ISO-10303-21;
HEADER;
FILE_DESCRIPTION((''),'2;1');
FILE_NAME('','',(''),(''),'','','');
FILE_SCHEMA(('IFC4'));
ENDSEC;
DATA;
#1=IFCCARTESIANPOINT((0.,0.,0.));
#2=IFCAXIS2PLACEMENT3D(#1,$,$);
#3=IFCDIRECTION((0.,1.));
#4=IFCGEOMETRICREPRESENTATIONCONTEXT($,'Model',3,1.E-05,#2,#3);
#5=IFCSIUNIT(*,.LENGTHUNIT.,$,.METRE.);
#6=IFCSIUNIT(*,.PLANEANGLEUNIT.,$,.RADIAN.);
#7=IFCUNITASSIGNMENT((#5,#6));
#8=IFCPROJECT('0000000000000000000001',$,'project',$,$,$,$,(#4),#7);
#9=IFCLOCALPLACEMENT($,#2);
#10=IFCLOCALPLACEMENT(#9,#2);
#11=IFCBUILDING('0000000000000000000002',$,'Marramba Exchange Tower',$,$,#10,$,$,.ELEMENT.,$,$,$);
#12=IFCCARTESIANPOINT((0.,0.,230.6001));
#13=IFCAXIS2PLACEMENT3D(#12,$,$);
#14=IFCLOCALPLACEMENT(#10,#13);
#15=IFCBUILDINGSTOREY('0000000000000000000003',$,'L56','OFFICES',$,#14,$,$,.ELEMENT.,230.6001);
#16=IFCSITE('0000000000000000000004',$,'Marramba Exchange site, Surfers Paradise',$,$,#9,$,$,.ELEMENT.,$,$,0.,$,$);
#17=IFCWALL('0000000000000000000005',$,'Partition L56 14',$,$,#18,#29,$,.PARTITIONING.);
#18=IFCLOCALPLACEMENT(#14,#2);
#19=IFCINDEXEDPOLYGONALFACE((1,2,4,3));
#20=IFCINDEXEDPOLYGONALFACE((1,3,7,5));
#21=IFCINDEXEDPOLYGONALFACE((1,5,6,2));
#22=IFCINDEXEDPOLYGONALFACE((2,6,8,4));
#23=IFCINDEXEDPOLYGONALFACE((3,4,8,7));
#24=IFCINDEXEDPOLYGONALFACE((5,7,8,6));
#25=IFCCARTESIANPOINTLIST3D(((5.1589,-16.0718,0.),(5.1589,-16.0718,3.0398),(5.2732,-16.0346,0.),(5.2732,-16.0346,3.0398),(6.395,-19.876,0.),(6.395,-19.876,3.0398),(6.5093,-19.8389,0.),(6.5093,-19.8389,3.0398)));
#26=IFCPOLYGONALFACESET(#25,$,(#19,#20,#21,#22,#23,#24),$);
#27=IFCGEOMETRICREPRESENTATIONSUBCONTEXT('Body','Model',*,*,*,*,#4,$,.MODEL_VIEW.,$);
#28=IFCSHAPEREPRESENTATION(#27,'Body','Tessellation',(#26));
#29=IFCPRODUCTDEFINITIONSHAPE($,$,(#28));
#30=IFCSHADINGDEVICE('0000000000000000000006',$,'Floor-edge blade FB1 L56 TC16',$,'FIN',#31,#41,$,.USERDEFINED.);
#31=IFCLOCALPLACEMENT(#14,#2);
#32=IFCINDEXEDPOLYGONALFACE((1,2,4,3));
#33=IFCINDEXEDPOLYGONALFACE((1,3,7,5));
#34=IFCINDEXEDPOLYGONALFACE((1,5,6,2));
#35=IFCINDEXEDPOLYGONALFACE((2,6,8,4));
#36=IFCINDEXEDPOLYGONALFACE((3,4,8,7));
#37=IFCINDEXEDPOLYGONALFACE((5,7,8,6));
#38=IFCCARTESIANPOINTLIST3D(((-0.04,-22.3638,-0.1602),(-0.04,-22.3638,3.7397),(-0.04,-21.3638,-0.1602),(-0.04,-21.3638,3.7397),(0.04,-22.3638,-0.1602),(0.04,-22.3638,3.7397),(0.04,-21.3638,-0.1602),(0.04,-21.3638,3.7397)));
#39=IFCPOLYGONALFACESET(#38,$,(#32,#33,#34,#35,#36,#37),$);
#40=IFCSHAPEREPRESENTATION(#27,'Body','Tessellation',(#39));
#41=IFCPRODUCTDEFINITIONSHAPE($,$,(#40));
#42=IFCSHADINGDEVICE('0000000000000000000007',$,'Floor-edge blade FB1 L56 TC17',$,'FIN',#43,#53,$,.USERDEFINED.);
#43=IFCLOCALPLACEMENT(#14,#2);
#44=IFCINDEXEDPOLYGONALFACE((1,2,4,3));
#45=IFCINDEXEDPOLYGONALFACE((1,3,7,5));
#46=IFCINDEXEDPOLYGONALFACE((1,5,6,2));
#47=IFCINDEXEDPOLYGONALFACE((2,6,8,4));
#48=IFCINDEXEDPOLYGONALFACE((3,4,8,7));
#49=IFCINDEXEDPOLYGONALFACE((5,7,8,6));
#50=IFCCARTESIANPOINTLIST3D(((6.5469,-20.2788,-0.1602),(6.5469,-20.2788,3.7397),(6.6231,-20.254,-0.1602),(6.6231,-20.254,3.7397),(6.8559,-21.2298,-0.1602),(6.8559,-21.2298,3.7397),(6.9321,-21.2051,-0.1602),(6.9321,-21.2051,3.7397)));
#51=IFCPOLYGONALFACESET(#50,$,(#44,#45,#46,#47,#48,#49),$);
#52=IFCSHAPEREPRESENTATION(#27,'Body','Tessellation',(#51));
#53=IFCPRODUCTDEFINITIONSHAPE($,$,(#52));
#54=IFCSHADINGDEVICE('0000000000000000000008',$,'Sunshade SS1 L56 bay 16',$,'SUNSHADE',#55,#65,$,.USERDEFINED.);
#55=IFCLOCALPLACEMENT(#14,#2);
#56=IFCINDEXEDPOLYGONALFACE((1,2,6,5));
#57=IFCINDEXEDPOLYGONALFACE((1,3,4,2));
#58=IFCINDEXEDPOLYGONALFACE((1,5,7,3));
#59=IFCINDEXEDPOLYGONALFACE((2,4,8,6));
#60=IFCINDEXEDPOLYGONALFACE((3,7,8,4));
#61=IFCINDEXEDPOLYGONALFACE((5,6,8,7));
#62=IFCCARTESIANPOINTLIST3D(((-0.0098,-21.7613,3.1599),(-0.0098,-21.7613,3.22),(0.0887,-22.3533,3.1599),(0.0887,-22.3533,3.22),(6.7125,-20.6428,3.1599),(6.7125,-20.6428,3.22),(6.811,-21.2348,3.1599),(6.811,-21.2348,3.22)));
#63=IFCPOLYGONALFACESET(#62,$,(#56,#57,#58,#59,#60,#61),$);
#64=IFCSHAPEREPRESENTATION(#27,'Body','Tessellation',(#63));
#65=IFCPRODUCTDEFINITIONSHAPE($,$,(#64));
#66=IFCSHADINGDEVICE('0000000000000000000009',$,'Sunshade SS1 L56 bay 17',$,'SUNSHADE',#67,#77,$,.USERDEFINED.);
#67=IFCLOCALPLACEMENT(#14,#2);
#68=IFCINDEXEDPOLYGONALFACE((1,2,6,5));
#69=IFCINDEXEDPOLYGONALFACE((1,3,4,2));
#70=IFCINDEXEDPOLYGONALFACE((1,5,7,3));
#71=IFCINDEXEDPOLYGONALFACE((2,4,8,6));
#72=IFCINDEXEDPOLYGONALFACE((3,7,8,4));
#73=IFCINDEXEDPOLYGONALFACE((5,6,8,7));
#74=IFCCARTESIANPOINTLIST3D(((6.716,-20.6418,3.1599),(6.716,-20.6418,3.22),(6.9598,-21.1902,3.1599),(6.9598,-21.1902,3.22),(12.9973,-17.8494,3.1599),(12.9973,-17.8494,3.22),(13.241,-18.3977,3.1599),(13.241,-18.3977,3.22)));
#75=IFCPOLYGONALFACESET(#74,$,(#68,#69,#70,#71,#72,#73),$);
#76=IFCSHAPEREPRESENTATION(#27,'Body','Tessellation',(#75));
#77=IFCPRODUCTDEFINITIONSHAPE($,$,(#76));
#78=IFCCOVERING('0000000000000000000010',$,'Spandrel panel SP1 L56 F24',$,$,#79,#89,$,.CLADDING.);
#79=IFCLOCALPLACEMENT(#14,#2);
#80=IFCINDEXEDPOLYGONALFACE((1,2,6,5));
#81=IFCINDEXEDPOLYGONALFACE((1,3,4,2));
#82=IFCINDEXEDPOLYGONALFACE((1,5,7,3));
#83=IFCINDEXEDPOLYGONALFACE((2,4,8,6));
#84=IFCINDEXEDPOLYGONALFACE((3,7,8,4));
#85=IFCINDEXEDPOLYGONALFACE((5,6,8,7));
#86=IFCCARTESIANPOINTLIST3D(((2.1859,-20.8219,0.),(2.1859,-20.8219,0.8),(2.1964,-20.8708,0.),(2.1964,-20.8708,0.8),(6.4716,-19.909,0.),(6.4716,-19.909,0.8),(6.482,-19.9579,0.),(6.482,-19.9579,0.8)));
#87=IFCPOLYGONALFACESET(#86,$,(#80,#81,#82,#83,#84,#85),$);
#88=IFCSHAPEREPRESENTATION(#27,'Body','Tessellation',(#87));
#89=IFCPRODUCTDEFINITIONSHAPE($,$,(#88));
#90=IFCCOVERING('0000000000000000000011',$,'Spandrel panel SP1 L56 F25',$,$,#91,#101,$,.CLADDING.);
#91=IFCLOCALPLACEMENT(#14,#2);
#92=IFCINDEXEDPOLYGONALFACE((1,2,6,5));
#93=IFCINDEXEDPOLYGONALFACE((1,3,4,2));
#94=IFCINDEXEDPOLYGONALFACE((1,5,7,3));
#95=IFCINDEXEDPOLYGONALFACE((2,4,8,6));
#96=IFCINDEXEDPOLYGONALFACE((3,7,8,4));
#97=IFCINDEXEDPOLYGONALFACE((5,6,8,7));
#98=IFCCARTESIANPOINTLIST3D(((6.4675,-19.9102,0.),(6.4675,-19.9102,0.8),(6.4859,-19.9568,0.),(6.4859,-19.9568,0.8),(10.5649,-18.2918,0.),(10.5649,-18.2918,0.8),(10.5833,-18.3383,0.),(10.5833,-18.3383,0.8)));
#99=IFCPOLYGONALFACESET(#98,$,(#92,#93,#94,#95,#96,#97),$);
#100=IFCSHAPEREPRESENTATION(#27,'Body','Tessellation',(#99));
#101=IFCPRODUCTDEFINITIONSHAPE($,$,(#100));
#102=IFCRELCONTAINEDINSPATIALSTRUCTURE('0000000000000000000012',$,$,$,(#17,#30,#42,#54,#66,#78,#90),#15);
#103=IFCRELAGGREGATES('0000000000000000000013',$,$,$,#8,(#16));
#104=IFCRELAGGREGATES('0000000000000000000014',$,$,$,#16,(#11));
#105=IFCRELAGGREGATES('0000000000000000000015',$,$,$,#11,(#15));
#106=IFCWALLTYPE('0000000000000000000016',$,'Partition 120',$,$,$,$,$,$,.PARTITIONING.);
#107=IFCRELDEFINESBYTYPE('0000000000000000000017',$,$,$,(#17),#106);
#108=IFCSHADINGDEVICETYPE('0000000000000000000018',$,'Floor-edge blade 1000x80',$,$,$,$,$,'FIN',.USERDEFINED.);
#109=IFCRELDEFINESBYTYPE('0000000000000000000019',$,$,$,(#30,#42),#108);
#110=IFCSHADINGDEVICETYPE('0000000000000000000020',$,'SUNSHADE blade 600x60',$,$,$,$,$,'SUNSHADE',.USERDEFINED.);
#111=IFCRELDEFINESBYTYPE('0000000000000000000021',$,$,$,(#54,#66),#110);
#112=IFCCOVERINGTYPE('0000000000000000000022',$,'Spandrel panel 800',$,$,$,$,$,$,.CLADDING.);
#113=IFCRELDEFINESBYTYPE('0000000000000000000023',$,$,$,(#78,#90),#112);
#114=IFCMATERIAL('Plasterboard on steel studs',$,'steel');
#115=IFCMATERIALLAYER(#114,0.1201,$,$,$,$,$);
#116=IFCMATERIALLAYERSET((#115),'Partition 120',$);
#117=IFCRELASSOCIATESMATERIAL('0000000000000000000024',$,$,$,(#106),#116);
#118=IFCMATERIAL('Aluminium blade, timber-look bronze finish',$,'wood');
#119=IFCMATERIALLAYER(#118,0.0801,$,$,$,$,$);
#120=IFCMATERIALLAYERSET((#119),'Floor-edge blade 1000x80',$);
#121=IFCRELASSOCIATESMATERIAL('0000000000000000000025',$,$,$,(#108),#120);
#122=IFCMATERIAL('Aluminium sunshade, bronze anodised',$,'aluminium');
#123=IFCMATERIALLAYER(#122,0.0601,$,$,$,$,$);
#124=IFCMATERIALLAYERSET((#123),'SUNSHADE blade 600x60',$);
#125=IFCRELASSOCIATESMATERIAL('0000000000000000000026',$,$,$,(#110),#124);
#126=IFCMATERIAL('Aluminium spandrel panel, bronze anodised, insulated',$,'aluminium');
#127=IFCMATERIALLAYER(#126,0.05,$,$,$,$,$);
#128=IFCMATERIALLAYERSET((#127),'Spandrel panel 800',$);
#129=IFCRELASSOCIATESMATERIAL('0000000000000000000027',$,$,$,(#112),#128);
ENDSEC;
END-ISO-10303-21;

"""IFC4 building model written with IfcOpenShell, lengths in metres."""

from ifc_helpers import new_model, si_unit, direction, frame, frame_2d, origin, origin_2d, place, context, subcontext, project, spatial, rectangle, extrude, material, layer, layer_set, type_object, element, save


model = new_model("IFC4")

# Units and contexts
model_context = context("Model", 3, precision=1e-05, world=origin(), true_north=direction((0.0, 1.0)))
body_context = subcontext(model_context, "Body", "Model", "MODEL_VIEW")
ifc_project = project(units=[si_unit("LENGTHUNIT", "METRE"), si_unit("PLANEANGLEUNIT", "RADIAN")], contexts=[model_context])

# Site, building, storey
site_placement = place(None, origin())
site = spatial("IfcSite", under=ifc_project, at=site_placement, Name="Marramba Exchange site, Surfers Paradise", CompositionType="ELEMENT", RefElevation=0.0)
building_placement = place(site_placement, origin())
building = spatial("IfcBuilding", under=site, at=building_placement, Name="Marramba Exchange Tower", CompositionType="ELEMENT")
storey_placement = place(building_placement, frame((0.0, 0.0, 230.6001)))
storey = spatial("IfcBuildingStorey", under=building, at=storey_placement, Name="L56", Description="OFFICES", CompositionType="ELEMENT", Elevation=230.6001)

# Shared definitions
ifc_material_1 = material(Name="Plasterboard on steel studs", Category="steel")
ifc_layer_1 = layer(ifc_material_1, 0.1201)
ifc_layer_set_1 = layer_set([ifc_layer_1], Name="Partition 120")
wall_type = type_object("IfcWallType", Name="Partition 120", PredefinedType="PARTITIONING", material=ifc_layer_set_1)

# Wall
wall_1_placement = place(storey_placement, frame((6.4521, -19.8574, 0.0), z_axis=(0.0, 0.0, 1.0), x_axis=(-0.309023, 0.951055, 0.0)))
element("IfcWall", 1, at=wall_1_placement, inside=storey, type_object=wall_type, Name="Partition L56 14", PredefinedType="PARTITIONING", context=body_context, shape_type="SweptSolid", body=[
    extrude(rectangle(XDim=4.0, YDim=0.1201, at=frame_2d((2.0, 0.0))), origin(), (0.0, 0.0, 1.0), 3.0398),
])

# Shading devices
ifc_material_2 = material(Name="Aluminium blade, timber-look bronze finish", Category="wood")
ifc_layer_2 = layer(ifc_material_2, 0.0801)
ifc_layer_set_2 = layer_set([ifc_layer_2], Name="Floor-edge blade 1000x80")
shading_device_type_1 = type_object("IfcShadingDeviceType", Name="Floor-edge blade 1000x80", ElementType="FIN", PredefinedType="USERDEFINED", material=ifc_layer_set_2)
for number, where, z_axis, x_axis, name in (
    (2, (0.0, -21.8638, -0.1602), (0.0, 0.0, 1.0), (0.0, -1.0, 0.0), "Floor-edge blade FB1 L56 TC16"),
    (3, (6.7395, -20.7419, -0.1602), (0.0, 0.0, 1.0), (0.309017, -0.951057, 0.0), "Floor-edge blade FB1 L56 TC17"),
):
    element("IfcShadingDevice", number, at=place(storey_placement, frame(where, z_axis=z_axis, x_axis=x_axis)), inside=storey, type_object=shading_device_type_1, Name=name, ObjectType="FIN", PredefinedType="USERDEFINED", context=body_context, shape_type="SweptSolid", body=[
        extrude(rectangle(XDim=1.0, YDim=0.0801, at=origin_2d()), origin(), (0.0, 0.0, 1.0), 3.8999),
    ])
ifc_material_3 = material(Name="Aluminium sunshade, bronze anodised", Category="aluminium")
ifc_layer_3 = layer(ifc_material_3, 0.0601)
ifc_layer_set_3 = layer_set([ifc_layer_3], Name="SUNSHADE blade 600x60")
shading_device_type_2 = type_object("IfcShadingDeviceType", Name="SUNSHADE blade 600x60", ElementType="SUNSHADE", PredefinedType="USERDEFINED", material=ifc_layer_set_3)
shading_device_1_placement = place(storey_placement, frame((3.4006, -21.498, 3.1599), z_axis=(0.0, 0.0, 1.0), x_axis=(0.98644, 0.164125, 0.0)))
element("IfcShadingDevice", 4, at=shading_device_1_placement, inside=storey, type_object=shading_device_type_2, Name="Sunshade SS1 L56 bay 16", ObjectType="SUNSHADE", PredefinedType="USERDEFINED", context=body_context, shape_type="SweptSolid", body=[
    extrude(rectangle(XDim=6.8147, YDim=0.6001, at=origin_2d()), origin(), (0.0, 0.0, 1.0), 0.0601),
])
shading_device_2_placement = place(storey_placement, frame((9.9785, -19.5198, 3.1599), z_axis=(0.0, 0.0, 1.0), x_axis=(0.913772, 0.406228, 0.0)))
element("IfcShadingDevice", 5, at=shading_device_2_placement, inside=storey, type_object=shading_device_type_2, Name="Sunshade SS1 L56 bay 17", ObjectType="SUNSHADE", PredefinedType="USERDEFINED", context=body_context, shape_type="SweptSolid", body=[
    extrude(rectangle(XDim=6.874, YDim=0.6001, at=origin_2d()), origin(), (0.0, 0.0, 1.0), 0.0601),
])

# Coverings
ifc_material_4 = material(Name="Aluminium spandrel panel, bronze anodised, insulated", Category="aluminium")
ifc_layer_4 = layer(ifc_material_4, 0.05)
ifc_layer_set_4 = layer_set([ifc_layer_4], Name="Spandrel panel 800")
covering_type = type_object("IfcCoveringType", Name="Spandrel panel 800", PredefinedType="CLADDING", material=ifc_layer_set_4)
covering_1_placement = place(storey_placement, frame((4.334, -20.3899, 0.0), z_axis=(0.0, 0.0, 1.0), x_axis=(0.978058, 0.208332, 0.0)))
element("IfcCovering", 6, at=covering_1_placement, inside=storey, type_object=covering_type, Name="Spandrel panel SP1 L56 F24", PredefinedType="CLADDING", context=body_context, shape_type="SweptSolid", body=[
    extrude(rectangle(XDim=4.3818, YDim=0.05, at=origin_2d()), origin(), (0.0, 0.0, 1.0), 0.8),
])
covering_2_placement = place(storey_placement, frame((8.5254, -19.1243, 0.0), z_axis=(0.0, 0.0, 1.0), x_axis=(0.930073, 0.367375, 0.0)))
element("IfcCovering", 7, at=covering_2_placement, inside=storey, type_object=covering_type, Name="Spandrel panel SP1 L56 F25", PredefinedType="CLADDING", context=body_context, shape_type="SweptSolid", body=[
    extrude(rectangle(XDim=4.4055, YDim=0.05, at=origin_2d()), origin(), (0.0, 0.0, 1.0), 0.8),
])

save(model, "model.ifc")
